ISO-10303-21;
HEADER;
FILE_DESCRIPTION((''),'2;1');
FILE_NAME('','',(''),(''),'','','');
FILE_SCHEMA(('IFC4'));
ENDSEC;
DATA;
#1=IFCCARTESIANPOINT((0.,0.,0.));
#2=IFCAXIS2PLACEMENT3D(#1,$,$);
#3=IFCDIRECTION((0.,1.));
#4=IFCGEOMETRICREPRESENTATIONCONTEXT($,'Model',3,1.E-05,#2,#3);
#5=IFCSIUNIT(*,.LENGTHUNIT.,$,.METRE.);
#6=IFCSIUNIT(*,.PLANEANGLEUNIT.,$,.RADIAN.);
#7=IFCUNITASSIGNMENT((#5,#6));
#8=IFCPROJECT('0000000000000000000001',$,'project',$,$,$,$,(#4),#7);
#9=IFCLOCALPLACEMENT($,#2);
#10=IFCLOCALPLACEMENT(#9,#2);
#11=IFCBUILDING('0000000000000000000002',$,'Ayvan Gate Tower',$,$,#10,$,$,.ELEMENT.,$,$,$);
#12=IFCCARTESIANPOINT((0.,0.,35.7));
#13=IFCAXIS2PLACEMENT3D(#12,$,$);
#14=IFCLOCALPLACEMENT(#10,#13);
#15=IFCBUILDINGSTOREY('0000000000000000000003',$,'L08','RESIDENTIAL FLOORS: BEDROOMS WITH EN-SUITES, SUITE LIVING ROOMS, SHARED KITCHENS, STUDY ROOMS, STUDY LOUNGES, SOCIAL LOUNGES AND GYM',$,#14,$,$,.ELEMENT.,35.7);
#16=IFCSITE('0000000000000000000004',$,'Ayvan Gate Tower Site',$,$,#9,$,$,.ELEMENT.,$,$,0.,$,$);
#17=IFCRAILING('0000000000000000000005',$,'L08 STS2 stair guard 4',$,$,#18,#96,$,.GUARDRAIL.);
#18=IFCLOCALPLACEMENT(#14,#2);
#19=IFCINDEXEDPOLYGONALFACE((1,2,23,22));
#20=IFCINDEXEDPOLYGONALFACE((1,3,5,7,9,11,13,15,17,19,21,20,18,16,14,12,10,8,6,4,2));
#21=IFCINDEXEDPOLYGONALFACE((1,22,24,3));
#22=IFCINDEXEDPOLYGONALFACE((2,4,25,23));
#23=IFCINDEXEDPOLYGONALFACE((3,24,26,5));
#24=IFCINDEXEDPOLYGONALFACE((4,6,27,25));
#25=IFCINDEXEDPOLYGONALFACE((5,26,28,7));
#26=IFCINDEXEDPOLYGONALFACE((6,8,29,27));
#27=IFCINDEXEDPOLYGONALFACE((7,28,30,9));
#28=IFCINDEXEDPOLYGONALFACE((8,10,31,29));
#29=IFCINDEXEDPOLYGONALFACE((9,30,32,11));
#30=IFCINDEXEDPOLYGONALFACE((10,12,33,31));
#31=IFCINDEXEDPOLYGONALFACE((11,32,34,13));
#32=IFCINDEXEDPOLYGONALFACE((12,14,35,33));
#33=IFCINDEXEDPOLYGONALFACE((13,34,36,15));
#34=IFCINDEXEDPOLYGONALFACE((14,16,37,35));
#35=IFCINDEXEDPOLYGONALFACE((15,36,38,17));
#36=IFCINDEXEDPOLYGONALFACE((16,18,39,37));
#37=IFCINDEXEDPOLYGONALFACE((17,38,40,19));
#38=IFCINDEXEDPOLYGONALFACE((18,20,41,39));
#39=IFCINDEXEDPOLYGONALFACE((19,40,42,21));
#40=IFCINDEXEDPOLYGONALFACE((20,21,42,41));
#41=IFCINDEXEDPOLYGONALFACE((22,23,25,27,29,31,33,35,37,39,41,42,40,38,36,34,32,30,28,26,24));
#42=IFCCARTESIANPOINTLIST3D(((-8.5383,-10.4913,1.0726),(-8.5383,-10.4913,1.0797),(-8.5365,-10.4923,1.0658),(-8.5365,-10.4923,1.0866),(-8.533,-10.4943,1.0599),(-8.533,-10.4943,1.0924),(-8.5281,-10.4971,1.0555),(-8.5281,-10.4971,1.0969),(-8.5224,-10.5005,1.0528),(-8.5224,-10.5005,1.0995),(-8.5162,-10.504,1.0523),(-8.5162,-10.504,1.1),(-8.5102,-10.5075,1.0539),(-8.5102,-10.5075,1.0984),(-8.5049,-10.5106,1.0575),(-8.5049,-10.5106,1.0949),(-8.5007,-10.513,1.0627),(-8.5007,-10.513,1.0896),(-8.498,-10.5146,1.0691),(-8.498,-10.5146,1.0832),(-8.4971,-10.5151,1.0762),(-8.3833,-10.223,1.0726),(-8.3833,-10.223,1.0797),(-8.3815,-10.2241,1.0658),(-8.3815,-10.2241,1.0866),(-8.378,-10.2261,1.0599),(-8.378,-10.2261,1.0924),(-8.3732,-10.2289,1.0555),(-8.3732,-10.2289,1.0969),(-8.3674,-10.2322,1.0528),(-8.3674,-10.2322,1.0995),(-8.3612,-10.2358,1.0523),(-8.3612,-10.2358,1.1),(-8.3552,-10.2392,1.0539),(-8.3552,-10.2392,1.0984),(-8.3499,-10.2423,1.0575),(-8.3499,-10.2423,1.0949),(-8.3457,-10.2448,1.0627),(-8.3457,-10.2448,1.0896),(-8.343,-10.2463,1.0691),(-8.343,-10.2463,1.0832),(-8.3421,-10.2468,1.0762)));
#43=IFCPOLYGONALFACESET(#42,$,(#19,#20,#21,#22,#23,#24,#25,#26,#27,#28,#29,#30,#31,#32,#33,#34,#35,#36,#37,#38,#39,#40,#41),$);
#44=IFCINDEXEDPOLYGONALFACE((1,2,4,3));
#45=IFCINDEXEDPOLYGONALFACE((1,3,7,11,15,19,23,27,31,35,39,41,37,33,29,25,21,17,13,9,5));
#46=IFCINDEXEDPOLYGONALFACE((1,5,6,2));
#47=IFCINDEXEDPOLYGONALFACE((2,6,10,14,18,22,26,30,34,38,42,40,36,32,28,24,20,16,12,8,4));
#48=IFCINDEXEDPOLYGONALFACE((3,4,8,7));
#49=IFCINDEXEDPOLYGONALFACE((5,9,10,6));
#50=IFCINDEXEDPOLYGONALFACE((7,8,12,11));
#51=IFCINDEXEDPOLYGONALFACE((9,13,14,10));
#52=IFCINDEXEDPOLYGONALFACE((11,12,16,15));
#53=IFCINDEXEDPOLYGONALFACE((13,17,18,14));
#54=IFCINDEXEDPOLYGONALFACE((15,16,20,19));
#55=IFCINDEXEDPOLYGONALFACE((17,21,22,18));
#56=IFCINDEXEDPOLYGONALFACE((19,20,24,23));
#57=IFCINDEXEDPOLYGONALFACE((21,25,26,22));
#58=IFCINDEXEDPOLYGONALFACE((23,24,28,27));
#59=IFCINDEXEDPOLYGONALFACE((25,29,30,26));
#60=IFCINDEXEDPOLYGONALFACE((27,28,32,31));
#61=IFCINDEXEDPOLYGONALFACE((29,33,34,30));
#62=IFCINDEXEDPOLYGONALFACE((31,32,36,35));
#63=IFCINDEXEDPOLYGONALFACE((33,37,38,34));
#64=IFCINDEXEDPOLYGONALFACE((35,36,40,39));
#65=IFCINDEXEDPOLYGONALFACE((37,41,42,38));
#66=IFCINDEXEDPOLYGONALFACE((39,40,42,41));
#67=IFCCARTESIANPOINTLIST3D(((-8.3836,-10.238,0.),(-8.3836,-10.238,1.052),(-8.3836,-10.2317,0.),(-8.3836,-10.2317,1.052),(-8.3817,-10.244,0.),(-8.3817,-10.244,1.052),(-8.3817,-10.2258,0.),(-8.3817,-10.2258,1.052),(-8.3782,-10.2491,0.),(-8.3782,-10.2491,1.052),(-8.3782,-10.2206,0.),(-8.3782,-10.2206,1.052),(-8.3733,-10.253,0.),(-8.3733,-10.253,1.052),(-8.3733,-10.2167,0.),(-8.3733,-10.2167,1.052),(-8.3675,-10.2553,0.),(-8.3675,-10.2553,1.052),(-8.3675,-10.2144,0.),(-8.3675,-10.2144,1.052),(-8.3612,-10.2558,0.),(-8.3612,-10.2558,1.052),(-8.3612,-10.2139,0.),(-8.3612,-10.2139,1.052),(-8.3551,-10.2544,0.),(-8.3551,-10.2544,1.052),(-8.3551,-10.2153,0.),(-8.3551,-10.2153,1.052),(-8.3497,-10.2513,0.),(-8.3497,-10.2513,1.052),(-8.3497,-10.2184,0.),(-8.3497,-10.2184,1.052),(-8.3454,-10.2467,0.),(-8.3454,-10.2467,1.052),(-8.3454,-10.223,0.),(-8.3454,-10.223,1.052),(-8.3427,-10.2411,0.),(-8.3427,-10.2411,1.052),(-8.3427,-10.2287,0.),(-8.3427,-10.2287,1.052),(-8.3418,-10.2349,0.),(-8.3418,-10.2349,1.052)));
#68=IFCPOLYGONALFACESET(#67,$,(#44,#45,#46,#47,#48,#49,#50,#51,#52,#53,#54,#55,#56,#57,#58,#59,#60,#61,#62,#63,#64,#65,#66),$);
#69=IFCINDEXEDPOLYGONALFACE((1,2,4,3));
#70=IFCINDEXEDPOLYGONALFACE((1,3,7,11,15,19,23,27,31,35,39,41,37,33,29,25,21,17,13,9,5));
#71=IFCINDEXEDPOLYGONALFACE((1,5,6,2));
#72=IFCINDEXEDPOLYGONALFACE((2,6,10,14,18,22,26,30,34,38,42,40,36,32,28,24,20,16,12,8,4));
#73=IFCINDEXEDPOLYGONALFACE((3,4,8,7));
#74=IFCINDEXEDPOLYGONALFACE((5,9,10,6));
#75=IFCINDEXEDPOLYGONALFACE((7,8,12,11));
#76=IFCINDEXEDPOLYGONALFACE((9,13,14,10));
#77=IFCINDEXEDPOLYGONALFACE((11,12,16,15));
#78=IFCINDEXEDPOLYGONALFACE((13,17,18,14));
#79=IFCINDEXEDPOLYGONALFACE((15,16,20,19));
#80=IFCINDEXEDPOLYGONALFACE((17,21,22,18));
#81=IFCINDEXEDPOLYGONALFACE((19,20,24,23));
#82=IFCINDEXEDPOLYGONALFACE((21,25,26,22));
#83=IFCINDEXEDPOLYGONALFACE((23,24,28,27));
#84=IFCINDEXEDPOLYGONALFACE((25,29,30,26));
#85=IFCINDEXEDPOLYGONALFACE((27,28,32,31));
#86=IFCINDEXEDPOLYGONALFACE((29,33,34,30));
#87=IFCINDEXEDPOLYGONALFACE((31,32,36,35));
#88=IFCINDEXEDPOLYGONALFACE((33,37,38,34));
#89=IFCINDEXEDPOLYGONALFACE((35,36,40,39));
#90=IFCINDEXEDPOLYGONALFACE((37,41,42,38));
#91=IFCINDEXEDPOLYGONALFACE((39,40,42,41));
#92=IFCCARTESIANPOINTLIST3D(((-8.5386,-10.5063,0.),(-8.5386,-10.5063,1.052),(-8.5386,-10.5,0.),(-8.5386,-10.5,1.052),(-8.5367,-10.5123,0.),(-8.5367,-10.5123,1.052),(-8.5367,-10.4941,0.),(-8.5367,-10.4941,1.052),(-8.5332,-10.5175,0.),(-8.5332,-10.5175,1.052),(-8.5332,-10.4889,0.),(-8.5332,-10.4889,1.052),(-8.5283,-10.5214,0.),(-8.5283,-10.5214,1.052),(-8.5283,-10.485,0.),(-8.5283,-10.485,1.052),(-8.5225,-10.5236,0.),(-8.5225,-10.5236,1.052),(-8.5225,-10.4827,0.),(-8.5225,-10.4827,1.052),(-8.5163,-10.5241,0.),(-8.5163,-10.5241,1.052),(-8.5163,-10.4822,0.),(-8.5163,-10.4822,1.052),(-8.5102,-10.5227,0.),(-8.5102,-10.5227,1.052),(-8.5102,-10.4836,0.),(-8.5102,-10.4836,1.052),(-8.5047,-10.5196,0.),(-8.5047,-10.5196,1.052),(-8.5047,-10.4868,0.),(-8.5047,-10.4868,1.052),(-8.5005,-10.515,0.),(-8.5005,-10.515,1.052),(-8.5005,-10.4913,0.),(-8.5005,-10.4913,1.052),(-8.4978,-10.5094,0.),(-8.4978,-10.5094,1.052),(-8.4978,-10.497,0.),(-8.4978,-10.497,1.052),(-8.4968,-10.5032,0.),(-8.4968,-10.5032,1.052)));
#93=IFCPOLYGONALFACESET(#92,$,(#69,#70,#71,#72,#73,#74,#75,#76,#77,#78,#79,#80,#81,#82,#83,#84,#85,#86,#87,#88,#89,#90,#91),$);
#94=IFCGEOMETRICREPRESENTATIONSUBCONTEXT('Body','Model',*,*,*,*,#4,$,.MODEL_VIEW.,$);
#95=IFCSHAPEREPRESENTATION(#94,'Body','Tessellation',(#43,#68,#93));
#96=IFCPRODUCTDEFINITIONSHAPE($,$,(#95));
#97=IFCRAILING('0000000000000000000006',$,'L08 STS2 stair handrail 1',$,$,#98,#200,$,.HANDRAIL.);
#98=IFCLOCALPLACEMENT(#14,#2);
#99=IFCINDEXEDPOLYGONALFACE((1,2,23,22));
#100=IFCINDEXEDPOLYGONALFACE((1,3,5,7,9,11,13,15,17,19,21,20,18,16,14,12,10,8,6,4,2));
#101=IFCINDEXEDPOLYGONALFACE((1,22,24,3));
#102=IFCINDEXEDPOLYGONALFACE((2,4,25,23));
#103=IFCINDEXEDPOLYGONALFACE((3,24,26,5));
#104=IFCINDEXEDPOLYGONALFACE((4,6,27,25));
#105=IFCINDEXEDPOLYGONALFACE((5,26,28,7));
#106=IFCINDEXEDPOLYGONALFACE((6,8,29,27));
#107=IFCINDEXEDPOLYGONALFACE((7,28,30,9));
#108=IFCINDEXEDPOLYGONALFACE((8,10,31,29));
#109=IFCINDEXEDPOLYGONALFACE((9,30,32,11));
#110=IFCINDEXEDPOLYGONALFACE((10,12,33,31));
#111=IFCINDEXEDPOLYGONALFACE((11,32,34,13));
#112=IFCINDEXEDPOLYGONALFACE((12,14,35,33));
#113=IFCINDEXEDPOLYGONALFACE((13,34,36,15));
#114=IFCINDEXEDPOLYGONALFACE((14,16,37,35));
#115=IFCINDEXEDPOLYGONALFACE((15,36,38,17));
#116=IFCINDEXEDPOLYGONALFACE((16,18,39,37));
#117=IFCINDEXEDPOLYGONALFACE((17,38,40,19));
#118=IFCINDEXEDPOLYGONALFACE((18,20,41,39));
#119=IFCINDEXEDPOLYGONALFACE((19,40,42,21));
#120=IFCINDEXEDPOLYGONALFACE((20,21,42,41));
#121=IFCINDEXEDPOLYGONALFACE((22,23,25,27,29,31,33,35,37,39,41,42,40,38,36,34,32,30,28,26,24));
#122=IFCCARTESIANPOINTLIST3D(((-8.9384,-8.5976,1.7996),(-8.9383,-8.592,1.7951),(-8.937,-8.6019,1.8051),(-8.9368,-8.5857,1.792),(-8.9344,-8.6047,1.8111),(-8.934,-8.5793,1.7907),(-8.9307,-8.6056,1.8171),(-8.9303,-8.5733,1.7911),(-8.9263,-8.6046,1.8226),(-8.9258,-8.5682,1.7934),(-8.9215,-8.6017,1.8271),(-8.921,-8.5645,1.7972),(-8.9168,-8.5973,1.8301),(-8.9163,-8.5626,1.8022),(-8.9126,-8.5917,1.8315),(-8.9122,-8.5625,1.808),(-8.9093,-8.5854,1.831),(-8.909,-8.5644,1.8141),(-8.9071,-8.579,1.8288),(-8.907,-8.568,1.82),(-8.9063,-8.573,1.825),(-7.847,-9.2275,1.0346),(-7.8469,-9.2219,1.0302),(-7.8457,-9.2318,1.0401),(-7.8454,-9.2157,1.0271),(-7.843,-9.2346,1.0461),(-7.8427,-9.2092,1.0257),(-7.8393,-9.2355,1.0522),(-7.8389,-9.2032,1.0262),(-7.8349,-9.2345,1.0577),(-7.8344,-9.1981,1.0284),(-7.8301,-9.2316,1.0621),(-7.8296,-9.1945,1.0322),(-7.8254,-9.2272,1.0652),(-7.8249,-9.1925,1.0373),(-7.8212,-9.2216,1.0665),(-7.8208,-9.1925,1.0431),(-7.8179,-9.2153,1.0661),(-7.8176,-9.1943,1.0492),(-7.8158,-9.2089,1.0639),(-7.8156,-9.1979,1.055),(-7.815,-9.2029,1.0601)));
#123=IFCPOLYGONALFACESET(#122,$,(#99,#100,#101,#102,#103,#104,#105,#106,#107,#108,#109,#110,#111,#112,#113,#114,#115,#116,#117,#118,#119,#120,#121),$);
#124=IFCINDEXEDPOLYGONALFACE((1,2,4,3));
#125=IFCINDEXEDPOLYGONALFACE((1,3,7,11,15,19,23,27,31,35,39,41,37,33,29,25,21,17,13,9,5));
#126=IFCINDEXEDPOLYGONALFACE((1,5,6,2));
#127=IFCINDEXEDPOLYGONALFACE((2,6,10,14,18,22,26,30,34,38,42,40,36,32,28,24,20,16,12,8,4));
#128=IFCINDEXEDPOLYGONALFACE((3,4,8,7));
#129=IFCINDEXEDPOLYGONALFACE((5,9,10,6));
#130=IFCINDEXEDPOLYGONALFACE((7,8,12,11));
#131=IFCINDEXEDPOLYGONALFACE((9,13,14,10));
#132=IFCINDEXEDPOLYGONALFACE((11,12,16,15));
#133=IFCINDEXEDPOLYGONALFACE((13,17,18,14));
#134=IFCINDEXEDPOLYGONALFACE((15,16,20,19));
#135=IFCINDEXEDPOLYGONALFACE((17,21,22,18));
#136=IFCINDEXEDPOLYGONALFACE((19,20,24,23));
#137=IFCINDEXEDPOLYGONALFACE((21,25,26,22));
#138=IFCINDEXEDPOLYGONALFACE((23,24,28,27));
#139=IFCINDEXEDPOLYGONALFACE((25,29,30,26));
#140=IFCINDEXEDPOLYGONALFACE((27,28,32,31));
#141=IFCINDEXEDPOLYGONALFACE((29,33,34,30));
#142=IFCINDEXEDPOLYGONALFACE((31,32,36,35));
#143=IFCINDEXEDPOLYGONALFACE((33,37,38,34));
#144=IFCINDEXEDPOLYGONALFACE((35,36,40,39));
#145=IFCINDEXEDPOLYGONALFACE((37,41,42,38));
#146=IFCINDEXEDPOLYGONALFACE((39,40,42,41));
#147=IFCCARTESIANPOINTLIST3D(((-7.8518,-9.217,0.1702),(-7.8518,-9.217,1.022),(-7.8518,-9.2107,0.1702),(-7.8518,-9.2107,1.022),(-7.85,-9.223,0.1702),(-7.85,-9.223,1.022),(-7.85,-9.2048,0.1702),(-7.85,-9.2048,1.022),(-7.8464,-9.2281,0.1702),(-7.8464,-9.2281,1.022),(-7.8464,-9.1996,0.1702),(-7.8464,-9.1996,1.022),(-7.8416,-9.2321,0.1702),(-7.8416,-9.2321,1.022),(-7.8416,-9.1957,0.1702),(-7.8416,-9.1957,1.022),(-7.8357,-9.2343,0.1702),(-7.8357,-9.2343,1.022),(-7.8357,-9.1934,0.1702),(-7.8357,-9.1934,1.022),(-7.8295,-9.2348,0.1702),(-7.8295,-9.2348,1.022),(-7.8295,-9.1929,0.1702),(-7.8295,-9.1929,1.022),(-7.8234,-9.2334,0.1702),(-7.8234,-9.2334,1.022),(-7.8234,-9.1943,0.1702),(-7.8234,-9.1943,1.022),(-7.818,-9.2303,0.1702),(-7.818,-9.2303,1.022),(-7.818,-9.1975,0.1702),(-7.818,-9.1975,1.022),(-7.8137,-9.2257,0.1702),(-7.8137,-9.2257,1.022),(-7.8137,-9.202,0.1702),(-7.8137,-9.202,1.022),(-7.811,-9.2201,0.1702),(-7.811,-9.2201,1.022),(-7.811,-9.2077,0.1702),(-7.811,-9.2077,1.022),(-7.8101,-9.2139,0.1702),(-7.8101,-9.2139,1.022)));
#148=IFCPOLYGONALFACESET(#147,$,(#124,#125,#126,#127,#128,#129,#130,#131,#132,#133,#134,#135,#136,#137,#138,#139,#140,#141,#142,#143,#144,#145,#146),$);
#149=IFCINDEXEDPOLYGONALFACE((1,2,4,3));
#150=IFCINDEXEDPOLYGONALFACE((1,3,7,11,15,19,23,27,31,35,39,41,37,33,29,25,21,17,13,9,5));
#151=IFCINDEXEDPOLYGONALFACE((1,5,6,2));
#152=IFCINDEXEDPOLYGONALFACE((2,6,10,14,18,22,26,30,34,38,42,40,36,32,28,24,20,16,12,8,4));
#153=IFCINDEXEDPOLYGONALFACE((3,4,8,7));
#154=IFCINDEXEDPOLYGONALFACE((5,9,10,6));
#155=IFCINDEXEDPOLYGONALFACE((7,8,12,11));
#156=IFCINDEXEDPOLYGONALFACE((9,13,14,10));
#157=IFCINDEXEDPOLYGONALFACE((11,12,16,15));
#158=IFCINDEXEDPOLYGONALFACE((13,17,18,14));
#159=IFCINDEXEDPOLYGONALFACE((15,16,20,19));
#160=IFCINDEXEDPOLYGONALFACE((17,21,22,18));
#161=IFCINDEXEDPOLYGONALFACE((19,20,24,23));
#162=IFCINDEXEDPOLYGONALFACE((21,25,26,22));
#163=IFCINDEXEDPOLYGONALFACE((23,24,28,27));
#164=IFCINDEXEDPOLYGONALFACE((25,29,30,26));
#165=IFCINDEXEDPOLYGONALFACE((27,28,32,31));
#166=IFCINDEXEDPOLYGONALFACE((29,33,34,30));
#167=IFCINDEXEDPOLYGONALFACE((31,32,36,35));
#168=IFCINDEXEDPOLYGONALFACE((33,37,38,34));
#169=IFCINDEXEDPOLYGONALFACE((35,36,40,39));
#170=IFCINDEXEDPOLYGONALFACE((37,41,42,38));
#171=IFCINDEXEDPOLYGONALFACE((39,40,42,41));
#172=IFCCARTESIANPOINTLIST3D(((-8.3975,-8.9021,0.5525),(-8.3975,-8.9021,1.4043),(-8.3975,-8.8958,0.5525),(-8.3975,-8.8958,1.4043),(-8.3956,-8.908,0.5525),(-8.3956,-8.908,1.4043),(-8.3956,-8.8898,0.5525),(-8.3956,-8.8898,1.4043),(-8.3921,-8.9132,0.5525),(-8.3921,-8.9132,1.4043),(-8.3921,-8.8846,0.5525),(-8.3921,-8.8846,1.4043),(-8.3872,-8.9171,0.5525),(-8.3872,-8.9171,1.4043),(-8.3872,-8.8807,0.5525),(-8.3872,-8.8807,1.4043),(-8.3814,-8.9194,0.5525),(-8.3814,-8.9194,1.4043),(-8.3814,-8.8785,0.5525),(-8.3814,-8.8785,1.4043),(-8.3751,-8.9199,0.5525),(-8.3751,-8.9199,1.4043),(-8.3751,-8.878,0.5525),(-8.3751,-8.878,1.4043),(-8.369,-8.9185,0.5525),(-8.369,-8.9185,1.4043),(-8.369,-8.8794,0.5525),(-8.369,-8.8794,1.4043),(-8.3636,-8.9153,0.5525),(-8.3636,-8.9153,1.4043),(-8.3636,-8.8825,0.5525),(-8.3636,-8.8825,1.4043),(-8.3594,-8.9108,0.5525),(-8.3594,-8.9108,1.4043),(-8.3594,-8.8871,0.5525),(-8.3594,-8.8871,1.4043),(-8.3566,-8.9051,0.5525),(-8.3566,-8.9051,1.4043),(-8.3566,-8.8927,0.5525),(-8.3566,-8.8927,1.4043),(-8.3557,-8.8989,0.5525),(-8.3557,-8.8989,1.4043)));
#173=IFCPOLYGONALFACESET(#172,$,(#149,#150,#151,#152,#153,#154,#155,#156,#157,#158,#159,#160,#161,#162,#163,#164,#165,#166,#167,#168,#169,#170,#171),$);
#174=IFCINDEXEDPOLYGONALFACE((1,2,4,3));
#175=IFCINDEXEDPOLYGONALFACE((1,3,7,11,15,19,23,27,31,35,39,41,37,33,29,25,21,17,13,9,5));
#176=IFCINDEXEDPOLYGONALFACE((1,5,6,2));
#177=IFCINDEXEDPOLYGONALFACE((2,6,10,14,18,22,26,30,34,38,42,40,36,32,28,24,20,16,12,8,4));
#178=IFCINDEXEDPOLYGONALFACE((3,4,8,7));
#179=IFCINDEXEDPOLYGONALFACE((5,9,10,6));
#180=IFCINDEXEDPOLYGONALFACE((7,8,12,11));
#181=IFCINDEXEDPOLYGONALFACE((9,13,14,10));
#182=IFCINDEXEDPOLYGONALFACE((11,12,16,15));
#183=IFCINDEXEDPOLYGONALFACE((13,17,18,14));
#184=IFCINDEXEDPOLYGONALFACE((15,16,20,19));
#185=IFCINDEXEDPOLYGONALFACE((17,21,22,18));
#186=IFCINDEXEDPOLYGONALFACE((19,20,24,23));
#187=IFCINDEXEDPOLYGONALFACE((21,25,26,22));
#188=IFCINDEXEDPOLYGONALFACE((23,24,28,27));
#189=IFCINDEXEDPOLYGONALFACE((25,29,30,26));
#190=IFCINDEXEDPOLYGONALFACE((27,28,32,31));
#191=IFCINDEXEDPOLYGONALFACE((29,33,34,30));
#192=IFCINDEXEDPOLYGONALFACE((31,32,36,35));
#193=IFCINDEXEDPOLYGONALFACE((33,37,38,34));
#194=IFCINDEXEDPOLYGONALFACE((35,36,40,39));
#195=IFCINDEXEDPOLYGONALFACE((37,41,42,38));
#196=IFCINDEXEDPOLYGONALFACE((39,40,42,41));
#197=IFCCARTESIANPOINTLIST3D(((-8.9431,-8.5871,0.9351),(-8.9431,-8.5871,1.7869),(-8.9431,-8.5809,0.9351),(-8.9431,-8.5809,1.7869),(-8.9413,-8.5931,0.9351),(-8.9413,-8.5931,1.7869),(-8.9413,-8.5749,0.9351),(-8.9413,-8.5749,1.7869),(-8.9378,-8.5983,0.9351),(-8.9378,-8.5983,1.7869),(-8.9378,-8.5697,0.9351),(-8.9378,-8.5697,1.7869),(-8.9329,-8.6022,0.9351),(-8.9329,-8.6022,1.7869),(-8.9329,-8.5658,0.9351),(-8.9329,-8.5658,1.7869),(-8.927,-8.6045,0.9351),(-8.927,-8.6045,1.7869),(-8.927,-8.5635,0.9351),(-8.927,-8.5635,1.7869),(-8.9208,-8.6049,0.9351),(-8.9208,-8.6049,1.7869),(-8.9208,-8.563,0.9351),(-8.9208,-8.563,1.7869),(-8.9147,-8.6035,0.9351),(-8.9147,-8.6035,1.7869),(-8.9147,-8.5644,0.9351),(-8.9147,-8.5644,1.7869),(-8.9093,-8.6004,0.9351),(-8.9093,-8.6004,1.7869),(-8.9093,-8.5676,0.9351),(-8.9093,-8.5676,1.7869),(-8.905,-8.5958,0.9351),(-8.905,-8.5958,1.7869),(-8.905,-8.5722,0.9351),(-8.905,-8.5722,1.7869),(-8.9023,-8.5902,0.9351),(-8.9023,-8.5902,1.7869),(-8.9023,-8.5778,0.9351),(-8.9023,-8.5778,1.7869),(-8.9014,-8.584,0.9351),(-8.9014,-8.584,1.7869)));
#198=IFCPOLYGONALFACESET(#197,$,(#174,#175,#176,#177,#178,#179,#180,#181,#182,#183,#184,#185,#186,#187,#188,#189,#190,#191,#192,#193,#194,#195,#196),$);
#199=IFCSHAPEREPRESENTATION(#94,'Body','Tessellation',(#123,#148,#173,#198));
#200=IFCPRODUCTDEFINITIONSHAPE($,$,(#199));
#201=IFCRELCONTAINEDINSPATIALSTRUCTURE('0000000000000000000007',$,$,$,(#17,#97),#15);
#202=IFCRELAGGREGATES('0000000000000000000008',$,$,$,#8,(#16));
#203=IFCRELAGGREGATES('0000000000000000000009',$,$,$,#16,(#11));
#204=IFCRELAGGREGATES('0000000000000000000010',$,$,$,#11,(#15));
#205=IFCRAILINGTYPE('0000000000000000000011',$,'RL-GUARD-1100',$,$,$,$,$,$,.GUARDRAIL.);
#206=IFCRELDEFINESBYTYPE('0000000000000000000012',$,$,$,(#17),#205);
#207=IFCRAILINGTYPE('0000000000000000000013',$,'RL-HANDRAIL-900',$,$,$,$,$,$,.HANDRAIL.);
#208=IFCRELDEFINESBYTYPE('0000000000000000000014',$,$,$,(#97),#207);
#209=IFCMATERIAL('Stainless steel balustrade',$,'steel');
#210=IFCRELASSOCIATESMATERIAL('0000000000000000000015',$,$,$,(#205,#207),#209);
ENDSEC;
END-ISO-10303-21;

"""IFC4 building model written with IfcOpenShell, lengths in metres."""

from ifc_helpers import new_model, si_unit, direction, frame, origin, origin_2d, place, context, subcontext, project, spatial, circle, extrude, material, type_object, element, save


model = new_model("IFC4")

# Units and contexts
model_context = context("Model", 3, precision=1e-05, world=origin(), true_north=direction((0.0, 1.0)))
body_context = subcontext(model_context, "Body", "Model", "MODEL_VIEW")
ifc_project = project(units=[si_unit("LENGTHUNIT", "METRE"), si_unit("PLANEANGLEUNIT", "RADIAN")], contexts=[model_context])

# Site, building, storey
site_placement = place(None, origin())
site = spatial("IfcSite", under=ifc_project, at=site_placement, Name="Ayvan Gate Tower Site", CompositionType="ELEMENT", RefElevation=0.0)
building_placement = place(site_placement, origin())
building = spatial("IfcBuilding", under=site, at=building_placement, Name="Ayvan Gate Tower", CompositionType="ELEMENT")
storey_placement = place(building_placement, frame((0.0, 0.0, 35.7)))
storey = spatial("IfcBuildingStorey", under=building, at=storey_placement, Name="L08", Description="RESIDENTIAL FLOORS: BEDROOMS WITH EN-SUITES, SUITE LIVING ROOMS, SHARED KITCHENS, STUDY ROOMS, STUDY LOUNGES, SOCIAL LOUNGES AND GYM", CompositionType="ELEMENT", Elevation=35.7)

# Railings
ifc_material_1 = material(Name="Stainless steel balustrade", Category="steel")
railing_type_1 = type_object("IfcRailingType", Name="RL-GUARD-1100", PredefinedType="GUARDRAIL", material=ifc_material_1)
railing_1_placement = place(storey_placement, frame((-8.3628, -10.2349, 0.0)))
element("IfcRailing", 1, at=railing_1_placement, inside=storey, type_object=railing_type_1, Name="L08 STS2 stair guard 4", PredefinedType="GUARDRAIL", context=body_context, shape_type="SweptSolid", body=[
    extrude(circle(Radius=0.0239, at=origin_2d()), frame((0.0, 0.0, 1.0762), z_axis=(-0.500291, -0.865857, 0.0), x_axis=(0.865857, -0.500291, 0.0)), (0.0, 0.0, 1.0), 0.3098),
    extrude(circle(Radius=0.021, at=origin_2d()), origin(), (0.0, 0.0, 1.0), 1.052),
    extrude(circle(Radius=0.021, at=origin_2d()), frame((-0.155, -0.2683, 0.0)), (0.0, 0.0, 1.0), 1.052),
])
railing_type_2 = type_object("IfcRailingType", Name="RL-HANDRAIL-900", PredefinedType="HANDRAIL", material=ifc_material_1)
railing_2_placement = place(storey_placement, frame((-7.8311, -9.2139, 0.1702)))
element("IfcRailing", 2, at=railing_2_placement, inside=storey, type_object=railing_type_2, Name="L08 STS2 stair handrail 1", PredefinedType="HANDRAIL", context=body_context, shape_type="SweptSolid", body=[
    extrude(circle(Radius=0.0239, at=origin_2d()), frame((0.0, 0.0, 0.876), z_axis=(-0.740357, 0.42732, 0.518912), x_axis=(-0.49989, -0.866089, 0.0)), (0.0, 0.0, 1.0), 1.4741),
    extrude(circle(Radius=0.021, at=origin_2d()), origin(), (0.0, 0.0, 1.0), 0.8518),
    extrude(circle(Radius=0.021, at=origin_2d()), frame((-0.5457, 0.3149, 0.3823)), (0.0, 0.0, 1.0), 0.8518),
    extrude(circle(Radius=0.021, at=origin_2d()), frame((-1.0913, 0.6299, 0.7649)), (0.0, 0.0, 1.0), 0.8518),
])

save(model, "model.ifc")
